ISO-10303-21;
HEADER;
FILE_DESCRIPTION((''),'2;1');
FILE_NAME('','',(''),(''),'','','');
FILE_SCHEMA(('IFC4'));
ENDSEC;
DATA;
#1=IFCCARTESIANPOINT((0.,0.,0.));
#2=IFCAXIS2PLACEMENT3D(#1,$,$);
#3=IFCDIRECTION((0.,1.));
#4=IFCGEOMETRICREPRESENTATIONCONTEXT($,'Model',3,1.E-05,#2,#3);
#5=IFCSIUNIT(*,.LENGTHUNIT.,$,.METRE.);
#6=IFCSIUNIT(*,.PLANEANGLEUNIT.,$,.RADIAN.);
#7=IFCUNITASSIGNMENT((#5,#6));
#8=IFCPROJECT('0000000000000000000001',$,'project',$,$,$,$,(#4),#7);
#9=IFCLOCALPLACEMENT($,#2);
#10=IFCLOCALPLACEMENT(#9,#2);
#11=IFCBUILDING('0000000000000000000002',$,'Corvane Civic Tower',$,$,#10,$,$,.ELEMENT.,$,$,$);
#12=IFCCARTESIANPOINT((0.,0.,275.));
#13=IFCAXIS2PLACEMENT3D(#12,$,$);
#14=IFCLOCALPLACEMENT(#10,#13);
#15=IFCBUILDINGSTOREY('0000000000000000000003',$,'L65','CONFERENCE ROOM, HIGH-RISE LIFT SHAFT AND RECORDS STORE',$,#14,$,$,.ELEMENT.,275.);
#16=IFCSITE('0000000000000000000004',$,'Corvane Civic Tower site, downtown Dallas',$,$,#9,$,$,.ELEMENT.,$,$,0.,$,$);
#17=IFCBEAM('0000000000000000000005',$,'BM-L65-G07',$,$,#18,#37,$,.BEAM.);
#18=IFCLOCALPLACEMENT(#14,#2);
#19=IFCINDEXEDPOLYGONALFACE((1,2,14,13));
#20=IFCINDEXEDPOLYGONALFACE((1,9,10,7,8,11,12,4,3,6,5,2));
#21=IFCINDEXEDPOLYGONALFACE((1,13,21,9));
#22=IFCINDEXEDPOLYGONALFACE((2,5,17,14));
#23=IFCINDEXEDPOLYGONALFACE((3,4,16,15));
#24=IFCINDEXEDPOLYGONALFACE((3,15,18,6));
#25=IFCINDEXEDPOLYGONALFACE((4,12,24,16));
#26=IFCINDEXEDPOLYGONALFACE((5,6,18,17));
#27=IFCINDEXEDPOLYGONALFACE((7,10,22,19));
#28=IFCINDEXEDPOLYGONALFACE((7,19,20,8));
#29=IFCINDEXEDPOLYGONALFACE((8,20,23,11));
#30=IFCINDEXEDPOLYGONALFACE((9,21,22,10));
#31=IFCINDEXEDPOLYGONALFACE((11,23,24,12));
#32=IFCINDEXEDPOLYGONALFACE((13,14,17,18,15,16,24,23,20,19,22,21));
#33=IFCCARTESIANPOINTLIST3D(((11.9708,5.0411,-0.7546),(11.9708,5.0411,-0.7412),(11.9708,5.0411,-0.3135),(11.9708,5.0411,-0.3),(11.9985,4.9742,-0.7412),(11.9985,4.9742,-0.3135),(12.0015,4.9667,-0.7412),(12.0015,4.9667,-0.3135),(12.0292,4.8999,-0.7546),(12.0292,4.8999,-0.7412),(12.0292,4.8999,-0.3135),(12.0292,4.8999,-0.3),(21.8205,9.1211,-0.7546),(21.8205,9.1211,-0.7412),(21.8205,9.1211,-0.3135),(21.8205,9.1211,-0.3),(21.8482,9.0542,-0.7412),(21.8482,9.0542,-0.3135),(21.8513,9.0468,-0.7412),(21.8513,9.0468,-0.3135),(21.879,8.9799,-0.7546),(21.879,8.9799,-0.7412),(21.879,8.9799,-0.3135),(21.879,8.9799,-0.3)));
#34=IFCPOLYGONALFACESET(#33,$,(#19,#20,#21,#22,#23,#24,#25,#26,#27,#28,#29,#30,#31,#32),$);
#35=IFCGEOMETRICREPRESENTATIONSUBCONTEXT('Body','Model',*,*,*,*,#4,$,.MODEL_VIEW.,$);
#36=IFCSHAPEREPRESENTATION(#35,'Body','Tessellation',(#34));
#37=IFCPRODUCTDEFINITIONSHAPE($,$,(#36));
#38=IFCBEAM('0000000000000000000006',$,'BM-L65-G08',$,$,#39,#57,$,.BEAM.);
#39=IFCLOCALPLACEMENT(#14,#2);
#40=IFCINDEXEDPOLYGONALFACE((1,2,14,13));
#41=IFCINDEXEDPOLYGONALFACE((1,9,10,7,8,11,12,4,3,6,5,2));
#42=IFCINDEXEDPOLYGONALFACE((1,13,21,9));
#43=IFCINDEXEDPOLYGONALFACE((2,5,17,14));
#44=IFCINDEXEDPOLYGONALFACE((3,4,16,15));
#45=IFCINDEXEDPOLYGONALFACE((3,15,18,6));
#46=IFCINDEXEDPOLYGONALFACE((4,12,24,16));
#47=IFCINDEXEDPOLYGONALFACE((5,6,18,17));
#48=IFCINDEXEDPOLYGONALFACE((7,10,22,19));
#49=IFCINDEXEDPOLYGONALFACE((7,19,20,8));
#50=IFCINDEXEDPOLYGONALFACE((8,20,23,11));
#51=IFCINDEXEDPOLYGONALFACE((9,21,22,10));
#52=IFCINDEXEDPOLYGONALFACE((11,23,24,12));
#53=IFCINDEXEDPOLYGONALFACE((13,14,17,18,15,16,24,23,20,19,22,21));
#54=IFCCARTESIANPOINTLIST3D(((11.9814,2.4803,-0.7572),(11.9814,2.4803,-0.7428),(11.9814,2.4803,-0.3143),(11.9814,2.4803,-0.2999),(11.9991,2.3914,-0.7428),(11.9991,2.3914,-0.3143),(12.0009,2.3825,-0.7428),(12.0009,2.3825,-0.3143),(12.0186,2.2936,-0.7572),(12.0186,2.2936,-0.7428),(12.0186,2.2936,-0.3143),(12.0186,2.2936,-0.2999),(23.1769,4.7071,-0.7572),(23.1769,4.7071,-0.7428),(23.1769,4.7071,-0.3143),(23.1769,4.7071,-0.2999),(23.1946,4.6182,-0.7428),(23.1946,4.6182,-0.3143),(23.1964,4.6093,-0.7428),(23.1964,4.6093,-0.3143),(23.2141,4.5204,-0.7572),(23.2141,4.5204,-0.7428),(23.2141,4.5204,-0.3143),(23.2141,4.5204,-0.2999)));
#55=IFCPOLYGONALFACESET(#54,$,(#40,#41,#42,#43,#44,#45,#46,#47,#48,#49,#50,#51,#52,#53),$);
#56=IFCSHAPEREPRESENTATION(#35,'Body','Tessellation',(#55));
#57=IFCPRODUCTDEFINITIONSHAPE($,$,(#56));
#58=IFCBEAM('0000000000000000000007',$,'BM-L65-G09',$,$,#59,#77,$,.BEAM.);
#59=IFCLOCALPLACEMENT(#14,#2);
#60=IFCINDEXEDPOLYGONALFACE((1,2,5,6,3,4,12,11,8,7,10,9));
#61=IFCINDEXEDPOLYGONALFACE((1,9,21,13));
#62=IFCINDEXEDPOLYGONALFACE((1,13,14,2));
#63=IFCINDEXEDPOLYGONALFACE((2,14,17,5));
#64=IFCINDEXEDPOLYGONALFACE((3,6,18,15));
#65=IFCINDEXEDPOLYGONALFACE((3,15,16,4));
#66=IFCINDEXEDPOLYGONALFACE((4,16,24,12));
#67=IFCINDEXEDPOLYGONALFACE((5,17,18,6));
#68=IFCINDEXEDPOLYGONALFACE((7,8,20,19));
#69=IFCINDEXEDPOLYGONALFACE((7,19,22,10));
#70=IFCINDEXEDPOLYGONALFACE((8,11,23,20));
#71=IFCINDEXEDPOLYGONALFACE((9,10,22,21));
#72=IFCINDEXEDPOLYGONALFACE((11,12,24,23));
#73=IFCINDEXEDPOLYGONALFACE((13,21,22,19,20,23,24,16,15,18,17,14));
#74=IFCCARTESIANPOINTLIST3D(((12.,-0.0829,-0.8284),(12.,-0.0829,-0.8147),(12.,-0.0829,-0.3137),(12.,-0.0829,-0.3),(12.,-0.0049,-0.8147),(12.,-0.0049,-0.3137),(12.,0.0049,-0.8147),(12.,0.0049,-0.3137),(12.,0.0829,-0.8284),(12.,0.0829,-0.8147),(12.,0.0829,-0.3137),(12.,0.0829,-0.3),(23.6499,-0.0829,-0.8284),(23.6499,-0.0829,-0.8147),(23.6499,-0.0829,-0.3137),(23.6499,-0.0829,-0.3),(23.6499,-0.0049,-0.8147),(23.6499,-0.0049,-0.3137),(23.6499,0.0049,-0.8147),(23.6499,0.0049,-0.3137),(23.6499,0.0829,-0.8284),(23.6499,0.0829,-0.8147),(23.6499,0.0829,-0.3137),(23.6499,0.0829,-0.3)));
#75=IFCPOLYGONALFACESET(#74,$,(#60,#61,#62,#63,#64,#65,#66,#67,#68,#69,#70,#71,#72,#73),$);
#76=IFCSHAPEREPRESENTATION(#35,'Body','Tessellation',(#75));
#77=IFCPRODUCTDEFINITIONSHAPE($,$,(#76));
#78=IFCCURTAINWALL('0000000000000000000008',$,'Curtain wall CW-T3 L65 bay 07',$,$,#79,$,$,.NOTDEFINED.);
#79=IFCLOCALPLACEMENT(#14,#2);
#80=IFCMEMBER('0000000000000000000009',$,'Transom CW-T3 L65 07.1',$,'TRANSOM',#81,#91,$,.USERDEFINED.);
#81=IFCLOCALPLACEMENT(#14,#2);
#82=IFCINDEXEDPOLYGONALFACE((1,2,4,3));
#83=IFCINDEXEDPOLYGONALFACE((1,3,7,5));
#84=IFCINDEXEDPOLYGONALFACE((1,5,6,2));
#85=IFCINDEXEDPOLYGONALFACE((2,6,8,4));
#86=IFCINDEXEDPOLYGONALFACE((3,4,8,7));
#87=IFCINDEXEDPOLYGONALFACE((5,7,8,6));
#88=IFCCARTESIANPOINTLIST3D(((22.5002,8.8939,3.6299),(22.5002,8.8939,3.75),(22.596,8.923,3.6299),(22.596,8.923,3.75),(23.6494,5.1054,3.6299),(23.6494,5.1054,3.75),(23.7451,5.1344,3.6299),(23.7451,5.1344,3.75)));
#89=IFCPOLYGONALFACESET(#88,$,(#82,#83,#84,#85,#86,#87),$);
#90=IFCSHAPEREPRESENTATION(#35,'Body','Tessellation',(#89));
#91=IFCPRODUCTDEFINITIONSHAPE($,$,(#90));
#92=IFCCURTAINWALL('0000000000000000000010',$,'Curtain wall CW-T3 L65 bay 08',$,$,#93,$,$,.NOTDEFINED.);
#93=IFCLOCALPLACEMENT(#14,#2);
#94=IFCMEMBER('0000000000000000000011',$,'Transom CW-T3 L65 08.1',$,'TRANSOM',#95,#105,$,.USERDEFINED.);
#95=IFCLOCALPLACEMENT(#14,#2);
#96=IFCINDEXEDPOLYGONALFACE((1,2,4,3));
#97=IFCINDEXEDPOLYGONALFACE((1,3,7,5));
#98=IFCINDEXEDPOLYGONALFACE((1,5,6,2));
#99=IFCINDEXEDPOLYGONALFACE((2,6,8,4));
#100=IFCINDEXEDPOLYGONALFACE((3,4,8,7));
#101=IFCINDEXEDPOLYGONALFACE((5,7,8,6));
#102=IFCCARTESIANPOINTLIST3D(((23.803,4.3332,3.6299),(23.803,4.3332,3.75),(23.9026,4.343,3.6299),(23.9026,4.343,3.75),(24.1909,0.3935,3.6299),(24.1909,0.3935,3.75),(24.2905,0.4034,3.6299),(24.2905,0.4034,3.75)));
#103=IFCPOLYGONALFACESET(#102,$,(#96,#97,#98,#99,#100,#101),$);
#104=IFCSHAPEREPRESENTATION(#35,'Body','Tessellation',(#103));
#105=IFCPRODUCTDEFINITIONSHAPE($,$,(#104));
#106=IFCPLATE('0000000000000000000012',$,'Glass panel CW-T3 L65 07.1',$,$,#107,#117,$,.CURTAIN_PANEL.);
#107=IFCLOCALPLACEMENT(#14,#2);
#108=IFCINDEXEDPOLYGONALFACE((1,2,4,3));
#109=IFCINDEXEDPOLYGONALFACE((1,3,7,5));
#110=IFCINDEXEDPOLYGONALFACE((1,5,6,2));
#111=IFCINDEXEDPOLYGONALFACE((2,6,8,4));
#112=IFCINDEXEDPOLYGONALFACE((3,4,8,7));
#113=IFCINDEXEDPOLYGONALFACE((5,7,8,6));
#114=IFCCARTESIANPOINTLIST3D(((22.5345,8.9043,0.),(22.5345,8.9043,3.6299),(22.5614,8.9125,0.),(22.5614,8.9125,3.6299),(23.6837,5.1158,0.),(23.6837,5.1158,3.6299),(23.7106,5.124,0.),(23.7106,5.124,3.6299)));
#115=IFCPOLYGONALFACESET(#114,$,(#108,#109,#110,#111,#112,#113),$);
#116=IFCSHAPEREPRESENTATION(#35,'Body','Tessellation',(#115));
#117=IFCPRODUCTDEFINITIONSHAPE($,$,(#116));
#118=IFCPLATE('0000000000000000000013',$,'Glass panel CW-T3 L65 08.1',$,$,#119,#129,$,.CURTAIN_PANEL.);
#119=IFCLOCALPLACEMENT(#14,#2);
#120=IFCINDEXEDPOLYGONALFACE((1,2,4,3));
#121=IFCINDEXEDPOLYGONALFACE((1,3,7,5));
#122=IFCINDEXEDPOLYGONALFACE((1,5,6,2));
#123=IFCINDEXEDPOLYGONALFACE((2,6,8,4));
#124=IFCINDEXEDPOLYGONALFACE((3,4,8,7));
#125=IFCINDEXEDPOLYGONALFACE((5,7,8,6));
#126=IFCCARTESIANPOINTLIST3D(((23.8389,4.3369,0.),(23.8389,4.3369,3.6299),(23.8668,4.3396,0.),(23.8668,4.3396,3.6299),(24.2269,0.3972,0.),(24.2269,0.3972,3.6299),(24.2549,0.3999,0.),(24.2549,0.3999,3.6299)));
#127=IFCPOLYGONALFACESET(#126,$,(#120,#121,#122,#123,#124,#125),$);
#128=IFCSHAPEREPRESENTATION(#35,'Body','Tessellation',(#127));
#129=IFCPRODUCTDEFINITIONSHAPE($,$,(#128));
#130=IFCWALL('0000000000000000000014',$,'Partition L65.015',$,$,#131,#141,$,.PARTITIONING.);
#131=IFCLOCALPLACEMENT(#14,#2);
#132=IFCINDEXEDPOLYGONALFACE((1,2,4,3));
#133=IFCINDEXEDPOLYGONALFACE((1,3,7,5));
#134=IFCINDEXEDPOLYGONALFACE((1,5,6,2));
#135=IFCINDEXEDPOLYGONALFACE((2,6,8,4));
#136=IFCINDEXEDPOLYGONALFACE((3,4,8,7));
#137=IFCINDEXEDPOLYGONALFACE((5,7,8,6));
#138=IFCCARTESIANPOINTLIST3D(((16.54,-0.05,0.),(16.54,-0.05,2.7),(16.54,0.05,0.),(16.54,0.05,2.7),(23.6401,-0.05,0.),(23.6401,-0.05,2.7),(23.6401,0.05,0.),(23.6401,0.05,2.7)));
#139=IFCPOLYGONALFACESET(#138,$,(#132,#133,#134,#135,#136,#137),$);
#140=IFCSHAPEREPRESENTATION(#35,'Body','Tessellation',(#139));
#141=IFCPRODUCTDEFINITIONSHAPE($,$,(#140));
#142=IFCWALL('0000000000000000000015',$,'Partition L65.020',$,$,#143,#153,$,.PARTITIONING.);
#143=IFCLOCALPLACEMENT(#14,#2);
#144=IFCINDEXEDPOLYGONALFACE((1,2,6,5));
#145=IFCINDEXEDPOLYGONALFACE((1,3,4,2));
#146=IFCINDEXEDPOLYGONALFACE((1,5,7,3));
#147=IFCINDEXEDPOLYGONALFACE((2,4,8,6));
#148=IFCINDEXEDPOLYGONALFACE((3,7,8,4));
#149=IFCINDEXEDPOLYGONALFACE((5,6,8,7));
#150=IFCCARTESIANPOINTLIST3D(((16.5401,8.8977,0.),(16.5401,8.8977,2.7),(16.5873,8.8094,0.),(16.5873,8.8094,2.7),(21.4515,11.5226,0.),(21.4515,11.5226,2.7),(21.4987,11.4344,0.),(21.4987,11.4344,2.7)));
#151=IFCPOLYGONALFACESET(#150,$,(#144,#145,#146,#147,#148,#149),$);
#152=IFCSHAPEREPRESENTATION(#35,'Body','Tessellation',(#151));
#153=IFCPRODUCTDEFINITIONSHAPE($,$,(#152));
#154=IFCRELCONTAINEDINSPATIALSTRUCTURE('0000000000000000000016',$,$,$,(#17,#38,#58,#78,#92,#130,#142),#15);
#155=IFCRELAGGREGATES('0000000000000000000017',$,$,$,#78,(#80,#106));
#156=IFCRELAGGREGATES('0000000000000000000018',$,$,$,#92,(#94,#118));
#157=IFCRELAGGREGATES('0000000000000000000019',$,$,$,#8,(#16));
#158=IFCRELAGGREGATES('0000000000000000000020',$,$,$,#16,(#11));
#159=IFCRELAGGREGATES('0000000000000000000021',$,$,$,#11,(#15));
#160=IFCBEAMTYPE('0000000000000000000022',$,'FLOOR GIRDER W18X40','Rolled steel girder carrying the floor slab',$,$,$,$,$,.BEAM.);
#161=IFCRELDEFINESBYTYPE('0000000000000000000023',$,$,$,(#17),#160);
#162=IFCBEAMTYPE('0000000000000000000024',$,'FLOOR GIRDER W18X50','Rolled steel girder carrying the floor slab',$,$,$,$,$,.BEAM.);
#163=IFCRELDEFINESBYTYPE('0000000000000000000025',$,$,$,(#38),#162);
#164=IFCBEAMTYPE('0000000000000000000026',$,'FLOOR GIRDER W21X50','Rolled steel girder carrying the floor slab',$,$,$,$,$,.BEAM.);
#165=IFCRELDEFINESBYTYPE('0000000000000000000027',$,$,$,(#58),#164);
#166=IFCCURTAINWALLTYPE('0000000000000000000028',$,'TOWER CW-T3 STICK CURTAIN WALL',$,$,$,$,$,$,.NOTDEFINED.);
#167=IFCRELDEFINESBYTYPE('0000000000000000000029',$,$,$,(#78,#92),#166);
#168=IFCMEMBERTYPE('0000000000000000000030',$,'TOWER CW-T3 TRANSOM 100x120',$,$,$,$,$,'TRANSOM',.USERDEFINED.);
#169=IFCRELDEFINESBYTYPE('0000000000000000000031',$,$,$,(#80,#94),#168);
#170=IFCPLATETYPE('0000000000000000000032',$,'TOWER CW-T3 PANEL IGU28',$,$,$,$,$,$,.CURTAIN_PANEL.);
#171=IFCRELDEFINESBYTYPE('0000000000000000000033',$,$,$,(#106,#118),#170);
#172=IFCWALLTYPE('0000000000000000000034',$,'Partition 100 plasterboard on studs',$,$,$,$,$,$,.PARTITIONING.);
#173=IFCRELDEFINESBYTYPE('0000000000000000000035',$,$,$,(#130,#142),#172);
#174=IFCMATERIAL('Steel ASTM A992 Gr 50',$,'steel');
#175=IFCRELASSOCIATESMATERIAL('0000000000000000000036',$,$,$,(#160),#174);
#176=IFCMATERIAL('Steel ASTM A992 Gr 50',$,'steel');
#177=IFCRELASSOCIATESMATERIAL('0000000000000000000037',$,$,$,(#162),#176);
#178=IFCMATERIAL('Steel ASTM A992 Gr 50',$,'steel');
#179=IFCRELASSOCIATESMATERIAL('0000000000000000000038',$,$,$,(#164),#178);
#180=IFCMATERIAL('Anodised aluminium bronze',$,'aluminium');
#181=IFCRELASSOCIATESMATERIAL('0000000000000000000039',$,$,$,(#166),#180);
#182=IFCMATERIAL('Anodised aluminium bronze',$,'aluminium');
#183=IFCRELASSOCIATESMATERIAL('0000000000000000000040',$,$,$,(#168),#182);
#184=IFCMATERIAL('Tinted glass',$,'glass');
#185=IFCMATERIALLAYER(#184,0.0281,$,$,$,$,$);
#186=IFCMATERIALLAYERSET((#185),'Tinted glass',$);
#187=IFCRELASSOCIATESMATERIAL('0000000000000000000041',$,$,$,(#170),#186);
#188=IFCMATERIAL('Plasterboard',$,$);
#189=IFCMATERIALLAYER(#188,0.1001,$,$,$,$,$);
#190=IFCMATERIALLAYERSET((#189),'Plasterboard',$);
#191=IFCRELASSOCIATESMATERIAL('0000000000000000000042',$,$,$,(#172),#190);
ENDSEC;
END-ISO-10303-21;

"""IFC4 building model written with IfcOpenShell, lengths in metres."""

from ifc_helpers import new_model, si_unit, direction, frame, frame_2d, origin, origin_2d, place, context, subcontext, project, spatial, rectangle, i_section, extrude, material, layer, layer_set, material_profile, profile_set, type_object, element, aggregate, save


model = new_model("IFC4")

# Units and contexts
model_context = context("Model", 3, precision=1e-05, world=origin(), true_north=direction((0.0, 1.0)))
body_context = subcontext(model_context, "Body", "Model", "MODEL_VIEW")
ifc_project = project(units=[si_unit("LENGTHUNIT", "METRE"), si_unit("PLANEANGLEUNIT", "RADIAN")], contexts=[model_context])

# Site, building, storey
site_placement = place(None, origin())
site = spatial("IfcSite", under=ifc_project, at=site_placement, Name="Corvane Civic Tower site, downtown Dallas", CompositionType="ELEMENT", RefElevation=0.0)
building_placement = place(site_placement, origin())
building = spatial("IfcBuilding", under=site, at=building_placement, Name="Corvane Civic Tower", CompositionType="ELEMENT")
storey_placement = place(building_placement, frame((0.0, 0.0, 275.0)))
storey = spatial("IfcBuildingStorey", under=building, at=storey_placement, Name="L65", Description="CONFERENCE ROOM, HIGH-RISE LIFT SHAFT AND RECORDS STORE", CompositionType="ELEMENT", Elevation=275.0)

# Beams
ifc_material_1 = material(Name="Steel ASTM A992 Gr 50", Category="steel")
ifc_material_profile_1 = material_profile(ifc_material_1, i_section(OverallWidth=0.1528, OverallDepth=0.4546, WebThickness=0.0081, FlangeThickness=0.0134, at=origin_2d()), Name="W18X40")
ifc_profile_set_1 = profile_set([ifc_material_profile_1], Name="Steel ASTM A992 Gr 50")
beam_type_1 = type_object("IfcBeamType", Name="FLOOR GIRDER W18X40", Description="Rolled steel girder carrying the floor slab", PredefinedType="BEAM", material=ifc_profile_set_1)
beam_1_placement = place(storey_placement, frame((12.0, 4.9705, -0.5273), z_axis=(0.923875, 0.382694, 0.0), x_axis=(-0.382694, 0.923875, 0.0)))
element("IfcBeam", 1, at=beam_1_placement, inside=storey, type_object=beam_type_1, Name="BM-L65-G07", PredefinedType="BEAM", context=body_context, shape_type="SweptSolid", body=[
    extrude(i_section(OverallWidth=0.1528, OverallDepth=0.4546, WebThickness=0.0081, FlangeThickness=0.0134, at=origin_2d()), origin(), (0.0, 0.0, 1.0), 10.6614),
])
ifc_material_2 = material(Name="Steel ASTM A992 Gr 50", Category="steel")
ifc_material_profile_2 = material_profile(ifc_material_2, i_section(OverallWidth=0.1904, OverallDepth=0.4573, WebThickness=0.009, FlangeThickness=0.0144, at=origin_2d()), Name="W18X50")
ifc_profile_set_2 = profile_set([ifc_material_profile_2], Name="Steel ASTM A992 Gr 50")
beam_type_2 = type_object("IfcBeamType", Name="FLOOR GIRDER W18X50", Description="Rolled steel girder carrying the floor slab", PredefinedType="BEAM", material=ifc_profile_set_2)
beam_2_placement = place(storey_placement, frame((12.0, 2.387, -0.5286), z_axis=(0.980787, 0.19508, 0.0), x_axis=(-0.19508, 0.980787, 0.0)))
element("IfcBeam", 2, at=beam_2_placement, inside=storey, type_object=beam_type_2, Name="BM-L65-G08", PredefinedType="BEAM", context=body_context, shape_type="SweptSolid", body=[
    extrude(i_section(OverallWidth=0.1904, OverallDepth=0.4573, WebThickness=0.009, FlangeThickness=0.0144, at=origin_2d()), origin(), (0.0, 0.0, 1.0), 11.4148),
])
ifc_material_3 = material(Name="Steel ASTM A992 Gr 50", Category="steel")
ifc_material_profile_3 = material_profile(ifc_material_3, i_section(OverallWidth=0.1658, OverallDepth=0.5283, WebThickness=0.0098, FlangeThickness=0.0137, at=origin_2d()), Name="W21X50")
ifc_profile_set_3 = profile_set([ifc_material_profile_3], Name="Steel ASTM A992 Gr 50")
beam_type_3 = type_object("IfcBeamType", Name="FLOOR GIRDER W21X50", Description="Rolled steel girder carrying the floor slab", PredefinedType="BEAM", material=ifc_profile_set_3)
beam_3_placement = place(storey_placement, frame((12.0, 0.0, -0.5642), z_axis=(1.0, 0.0, 0.0), x_axis=(0.0, 1.0, 0.0)))
element("IfcBeam", 3, at=beam_3_placement, inside=storey, type_object=beam_type_3, Name="BM-L65-G09", PredefinedType="BEAM", context=body_context, shape_type="SweptSolid", body=[
    extrude(i_section(OverallWidth=0.1658, OverallDepth=0.5283, WebThickness=0.0098, FlangeThickness=0.0137, at=origin_2d()), origin(), (0.0, 0.0, 1.0), 11.6499),
])

# Curtain walls, members
ifc_material_4 = material(Name="Anodised aluminium bronze", Category="aluminium")
curtain_wall_type = type_object("IfcCurtainWallType", Name="TOWER CW-T3 STICK CURTAIN WALL", PredefinedType="NOTDEFINED", material=ifc_material_4)
curtain_wall_1_placement = place(storey_placement, origin())
curtain_wall_1 = element("IfcCurtainWall", 4, at=curtain_wall_1_placement, inside=storey, type_object=curtain_wall_type, Name="Curtain wall CW-T3 L65 bay 07", PredefinedType="NOTDEFINED")
ifc_material_5 = material(Name="Anodised aluminium bronze", Category="aluminium")
ifc_material_profile_4 = material_profile(ifc_material_5, rectangle(XDim=0.1001, YDim=0.1201, at=origin_2d()), Name="TOWER CW-T3 TRANSOM 100x120")
ifc_profile_set_4 = profile_set([ifc_material_profile_4], Name="Anodised aluminium bronze")
member_type = type_object("IfcMemberType", Name="TOWER CW-T3 TRANSOM 100x120", ElementType="TRANSOM", PredefinedType="USERDEFINED", material=ifc_profile_set_4)
member_1_placement = place(storey_placement, frame((22.5481, 8.9084, 3.6899), z_axis=(0.290266, -0.956946, 0.0), x_axis=(0.956946, 0.290266, 0.0)))
member_1 = element("IfcMember", 5, at=member_1_placement, type_object=member_type, Name="Transom CW-T3 L65 07.1", ObjectType="TRANSOM", PredefinedType="USERDEFINED", context=body_context, shape_type="SweptSolid", body=[
    extrude(rectangle(XDim=0.1001, YDim=0.1201, at=origin_2d()), origin(), (0.0, 0.0, 1.0), 3.959),
])
curtain_wall_2_placement = place(storey_placement, origin())
curtain_wall_2 = element("IfcCurtainWall", 6, at=curtain_wall_2_placement, inside=storey, type_object=curtain_wall_type, Name="Curtain wall CW-T3 L65 bay 08", PredefinedType="NOTDEFINED")
member_2_placement = place(storey_placement, frame((23.8528, 4.3381, 3.6899), z_axis=(0.097995, -0.995187, 0.0), x_axis=(0.995187, 0.097995, 0.0)))
member_2 = element("IfcMember", 7, at=member_2_placement, type_object=member_type, Name="Transom CW-T3 L65 08.1", ObjectType="TRANSOM", PredefinedType="USERDEFINED", context=body_context, shape_type="SweptSolid", body=[
    extrude(rectangle(XDim=0.1001, YDim=0.1201, at=origin_2d()), origin(), (0.0, 0.0, 1.0), 3.9587),
])

# Plates
ifc_material_6 = material(Name="Tinted glass", Category="glass")
ifc_layer_1 = layer(ifc_material_6, 0.0281)
ifc_layer_set_1 = layer_set([ifc_layer_1], Name="Tinted glass")
plate_type = type_object("IfcPlateType", Name="TOWER CW-T3 PANEL IGU28", PredefinedType="CURTAIN_PANEL", material=ifc_layer_set_1)
plate_1_placement = place(storey_placement, frame((23.1226, 7.0142, 0.0), z_axis=(0.0, 0.0, 1.0), x_axis=(0.290274, -0.956944, 0.0)))
plate_1 = element("IfcPlate", 8, at=plate_1_placement, type_object=plate_type, Name="Glass panel CW-T3 L65 07.1", PredefinedType="CURTAIN_PANEL", context=body_context, shape_type="SweptSolid", body=[
    extrude(rectangle(XDim=3.959, YDim=0.0281, at=origin_2d()), origin(), (0.0, 0.0, 1.0), 3.6299),
])
aggregate(curtain_wall_1, [member_1, plate_1])
plate_2_placement = place(storey_placement, frame((24.0469, 2.3684, 0.0), z_axis=(0.0, 0.0, 1.0), x_axis=(0.098021, -0.995184, 0.0)))
plate_2 = element("IfcPlate", 9, at=plate_2_placement, type_object=plate_type, Name="Glass panel CW-T3 L65 08.1", PredefinedType="CURTAIN_PANEL", context=body_context, shape_type="SweptSolid", body=[
    extrude(rectangle(XDim=3.9587, YDim=0.0281, at=origin_2d()), origin(), (0.0, 0.0, 1.0), 3.6299),
])
aggregate(curtain_wall_2, [member_2, plate_2])

# Walls
ifc_material_7 = material(Name="Plasterboard")
ifc_layer_2 = layer(ifc_material_7, 0.1001)
ifc_layer_set_2 = layer_set([ifc_layer_2], Name="Plasterboard")
wall_type_1 = type_object("IfcWallType", Name="Partition 100 plasterboard on studs", PredefinedType="PARTITIONING", material=ifc_layer_set_2)
wall_1_placement = place(storey_placement, frame((16.54, 0.0, 0.0), z_axis=(0.0, 0.0, 1.0), x_axis=(1.0, 0.0, 0.0)))
element("IfcWall", 10, at=wall_1_placement, inside=storey, type_object=wall_type_1, Name="Partition L65.015", PredefinedType="PARTITIONING", context=body_context, shape_type="SweptSolid", body=[
    extrude(rectangle(XDim=7.1001, YDim=0.1001, at=frame_2d((3.55, 0.0))), origin(), (0.0, 0.0, 1.0), 2.7),
])
wall_2_placement = place(storey_placement, frame((16.5637, 8.8535, 0.0), z_axis=(0.0, 0.0, 1.0), x_axis=(0.881935, 0.471371, 0.0)))
element("IfcWall", 11, at=wall_2_placement, inside=storey, type_object=wall_type_1, Name="Partition L65.020", PredefinedType="PARTITIONING", context=body_context, shape_type="SweptSolid", body=[
    extrude(rectangle(XDim=5.5688, YDim=0.1001, at=frame_2d((2.7844, 0.0))), origin(), (0.0, 0.0, 1.0), 2.7),
])

save(model, "model.ifc")
